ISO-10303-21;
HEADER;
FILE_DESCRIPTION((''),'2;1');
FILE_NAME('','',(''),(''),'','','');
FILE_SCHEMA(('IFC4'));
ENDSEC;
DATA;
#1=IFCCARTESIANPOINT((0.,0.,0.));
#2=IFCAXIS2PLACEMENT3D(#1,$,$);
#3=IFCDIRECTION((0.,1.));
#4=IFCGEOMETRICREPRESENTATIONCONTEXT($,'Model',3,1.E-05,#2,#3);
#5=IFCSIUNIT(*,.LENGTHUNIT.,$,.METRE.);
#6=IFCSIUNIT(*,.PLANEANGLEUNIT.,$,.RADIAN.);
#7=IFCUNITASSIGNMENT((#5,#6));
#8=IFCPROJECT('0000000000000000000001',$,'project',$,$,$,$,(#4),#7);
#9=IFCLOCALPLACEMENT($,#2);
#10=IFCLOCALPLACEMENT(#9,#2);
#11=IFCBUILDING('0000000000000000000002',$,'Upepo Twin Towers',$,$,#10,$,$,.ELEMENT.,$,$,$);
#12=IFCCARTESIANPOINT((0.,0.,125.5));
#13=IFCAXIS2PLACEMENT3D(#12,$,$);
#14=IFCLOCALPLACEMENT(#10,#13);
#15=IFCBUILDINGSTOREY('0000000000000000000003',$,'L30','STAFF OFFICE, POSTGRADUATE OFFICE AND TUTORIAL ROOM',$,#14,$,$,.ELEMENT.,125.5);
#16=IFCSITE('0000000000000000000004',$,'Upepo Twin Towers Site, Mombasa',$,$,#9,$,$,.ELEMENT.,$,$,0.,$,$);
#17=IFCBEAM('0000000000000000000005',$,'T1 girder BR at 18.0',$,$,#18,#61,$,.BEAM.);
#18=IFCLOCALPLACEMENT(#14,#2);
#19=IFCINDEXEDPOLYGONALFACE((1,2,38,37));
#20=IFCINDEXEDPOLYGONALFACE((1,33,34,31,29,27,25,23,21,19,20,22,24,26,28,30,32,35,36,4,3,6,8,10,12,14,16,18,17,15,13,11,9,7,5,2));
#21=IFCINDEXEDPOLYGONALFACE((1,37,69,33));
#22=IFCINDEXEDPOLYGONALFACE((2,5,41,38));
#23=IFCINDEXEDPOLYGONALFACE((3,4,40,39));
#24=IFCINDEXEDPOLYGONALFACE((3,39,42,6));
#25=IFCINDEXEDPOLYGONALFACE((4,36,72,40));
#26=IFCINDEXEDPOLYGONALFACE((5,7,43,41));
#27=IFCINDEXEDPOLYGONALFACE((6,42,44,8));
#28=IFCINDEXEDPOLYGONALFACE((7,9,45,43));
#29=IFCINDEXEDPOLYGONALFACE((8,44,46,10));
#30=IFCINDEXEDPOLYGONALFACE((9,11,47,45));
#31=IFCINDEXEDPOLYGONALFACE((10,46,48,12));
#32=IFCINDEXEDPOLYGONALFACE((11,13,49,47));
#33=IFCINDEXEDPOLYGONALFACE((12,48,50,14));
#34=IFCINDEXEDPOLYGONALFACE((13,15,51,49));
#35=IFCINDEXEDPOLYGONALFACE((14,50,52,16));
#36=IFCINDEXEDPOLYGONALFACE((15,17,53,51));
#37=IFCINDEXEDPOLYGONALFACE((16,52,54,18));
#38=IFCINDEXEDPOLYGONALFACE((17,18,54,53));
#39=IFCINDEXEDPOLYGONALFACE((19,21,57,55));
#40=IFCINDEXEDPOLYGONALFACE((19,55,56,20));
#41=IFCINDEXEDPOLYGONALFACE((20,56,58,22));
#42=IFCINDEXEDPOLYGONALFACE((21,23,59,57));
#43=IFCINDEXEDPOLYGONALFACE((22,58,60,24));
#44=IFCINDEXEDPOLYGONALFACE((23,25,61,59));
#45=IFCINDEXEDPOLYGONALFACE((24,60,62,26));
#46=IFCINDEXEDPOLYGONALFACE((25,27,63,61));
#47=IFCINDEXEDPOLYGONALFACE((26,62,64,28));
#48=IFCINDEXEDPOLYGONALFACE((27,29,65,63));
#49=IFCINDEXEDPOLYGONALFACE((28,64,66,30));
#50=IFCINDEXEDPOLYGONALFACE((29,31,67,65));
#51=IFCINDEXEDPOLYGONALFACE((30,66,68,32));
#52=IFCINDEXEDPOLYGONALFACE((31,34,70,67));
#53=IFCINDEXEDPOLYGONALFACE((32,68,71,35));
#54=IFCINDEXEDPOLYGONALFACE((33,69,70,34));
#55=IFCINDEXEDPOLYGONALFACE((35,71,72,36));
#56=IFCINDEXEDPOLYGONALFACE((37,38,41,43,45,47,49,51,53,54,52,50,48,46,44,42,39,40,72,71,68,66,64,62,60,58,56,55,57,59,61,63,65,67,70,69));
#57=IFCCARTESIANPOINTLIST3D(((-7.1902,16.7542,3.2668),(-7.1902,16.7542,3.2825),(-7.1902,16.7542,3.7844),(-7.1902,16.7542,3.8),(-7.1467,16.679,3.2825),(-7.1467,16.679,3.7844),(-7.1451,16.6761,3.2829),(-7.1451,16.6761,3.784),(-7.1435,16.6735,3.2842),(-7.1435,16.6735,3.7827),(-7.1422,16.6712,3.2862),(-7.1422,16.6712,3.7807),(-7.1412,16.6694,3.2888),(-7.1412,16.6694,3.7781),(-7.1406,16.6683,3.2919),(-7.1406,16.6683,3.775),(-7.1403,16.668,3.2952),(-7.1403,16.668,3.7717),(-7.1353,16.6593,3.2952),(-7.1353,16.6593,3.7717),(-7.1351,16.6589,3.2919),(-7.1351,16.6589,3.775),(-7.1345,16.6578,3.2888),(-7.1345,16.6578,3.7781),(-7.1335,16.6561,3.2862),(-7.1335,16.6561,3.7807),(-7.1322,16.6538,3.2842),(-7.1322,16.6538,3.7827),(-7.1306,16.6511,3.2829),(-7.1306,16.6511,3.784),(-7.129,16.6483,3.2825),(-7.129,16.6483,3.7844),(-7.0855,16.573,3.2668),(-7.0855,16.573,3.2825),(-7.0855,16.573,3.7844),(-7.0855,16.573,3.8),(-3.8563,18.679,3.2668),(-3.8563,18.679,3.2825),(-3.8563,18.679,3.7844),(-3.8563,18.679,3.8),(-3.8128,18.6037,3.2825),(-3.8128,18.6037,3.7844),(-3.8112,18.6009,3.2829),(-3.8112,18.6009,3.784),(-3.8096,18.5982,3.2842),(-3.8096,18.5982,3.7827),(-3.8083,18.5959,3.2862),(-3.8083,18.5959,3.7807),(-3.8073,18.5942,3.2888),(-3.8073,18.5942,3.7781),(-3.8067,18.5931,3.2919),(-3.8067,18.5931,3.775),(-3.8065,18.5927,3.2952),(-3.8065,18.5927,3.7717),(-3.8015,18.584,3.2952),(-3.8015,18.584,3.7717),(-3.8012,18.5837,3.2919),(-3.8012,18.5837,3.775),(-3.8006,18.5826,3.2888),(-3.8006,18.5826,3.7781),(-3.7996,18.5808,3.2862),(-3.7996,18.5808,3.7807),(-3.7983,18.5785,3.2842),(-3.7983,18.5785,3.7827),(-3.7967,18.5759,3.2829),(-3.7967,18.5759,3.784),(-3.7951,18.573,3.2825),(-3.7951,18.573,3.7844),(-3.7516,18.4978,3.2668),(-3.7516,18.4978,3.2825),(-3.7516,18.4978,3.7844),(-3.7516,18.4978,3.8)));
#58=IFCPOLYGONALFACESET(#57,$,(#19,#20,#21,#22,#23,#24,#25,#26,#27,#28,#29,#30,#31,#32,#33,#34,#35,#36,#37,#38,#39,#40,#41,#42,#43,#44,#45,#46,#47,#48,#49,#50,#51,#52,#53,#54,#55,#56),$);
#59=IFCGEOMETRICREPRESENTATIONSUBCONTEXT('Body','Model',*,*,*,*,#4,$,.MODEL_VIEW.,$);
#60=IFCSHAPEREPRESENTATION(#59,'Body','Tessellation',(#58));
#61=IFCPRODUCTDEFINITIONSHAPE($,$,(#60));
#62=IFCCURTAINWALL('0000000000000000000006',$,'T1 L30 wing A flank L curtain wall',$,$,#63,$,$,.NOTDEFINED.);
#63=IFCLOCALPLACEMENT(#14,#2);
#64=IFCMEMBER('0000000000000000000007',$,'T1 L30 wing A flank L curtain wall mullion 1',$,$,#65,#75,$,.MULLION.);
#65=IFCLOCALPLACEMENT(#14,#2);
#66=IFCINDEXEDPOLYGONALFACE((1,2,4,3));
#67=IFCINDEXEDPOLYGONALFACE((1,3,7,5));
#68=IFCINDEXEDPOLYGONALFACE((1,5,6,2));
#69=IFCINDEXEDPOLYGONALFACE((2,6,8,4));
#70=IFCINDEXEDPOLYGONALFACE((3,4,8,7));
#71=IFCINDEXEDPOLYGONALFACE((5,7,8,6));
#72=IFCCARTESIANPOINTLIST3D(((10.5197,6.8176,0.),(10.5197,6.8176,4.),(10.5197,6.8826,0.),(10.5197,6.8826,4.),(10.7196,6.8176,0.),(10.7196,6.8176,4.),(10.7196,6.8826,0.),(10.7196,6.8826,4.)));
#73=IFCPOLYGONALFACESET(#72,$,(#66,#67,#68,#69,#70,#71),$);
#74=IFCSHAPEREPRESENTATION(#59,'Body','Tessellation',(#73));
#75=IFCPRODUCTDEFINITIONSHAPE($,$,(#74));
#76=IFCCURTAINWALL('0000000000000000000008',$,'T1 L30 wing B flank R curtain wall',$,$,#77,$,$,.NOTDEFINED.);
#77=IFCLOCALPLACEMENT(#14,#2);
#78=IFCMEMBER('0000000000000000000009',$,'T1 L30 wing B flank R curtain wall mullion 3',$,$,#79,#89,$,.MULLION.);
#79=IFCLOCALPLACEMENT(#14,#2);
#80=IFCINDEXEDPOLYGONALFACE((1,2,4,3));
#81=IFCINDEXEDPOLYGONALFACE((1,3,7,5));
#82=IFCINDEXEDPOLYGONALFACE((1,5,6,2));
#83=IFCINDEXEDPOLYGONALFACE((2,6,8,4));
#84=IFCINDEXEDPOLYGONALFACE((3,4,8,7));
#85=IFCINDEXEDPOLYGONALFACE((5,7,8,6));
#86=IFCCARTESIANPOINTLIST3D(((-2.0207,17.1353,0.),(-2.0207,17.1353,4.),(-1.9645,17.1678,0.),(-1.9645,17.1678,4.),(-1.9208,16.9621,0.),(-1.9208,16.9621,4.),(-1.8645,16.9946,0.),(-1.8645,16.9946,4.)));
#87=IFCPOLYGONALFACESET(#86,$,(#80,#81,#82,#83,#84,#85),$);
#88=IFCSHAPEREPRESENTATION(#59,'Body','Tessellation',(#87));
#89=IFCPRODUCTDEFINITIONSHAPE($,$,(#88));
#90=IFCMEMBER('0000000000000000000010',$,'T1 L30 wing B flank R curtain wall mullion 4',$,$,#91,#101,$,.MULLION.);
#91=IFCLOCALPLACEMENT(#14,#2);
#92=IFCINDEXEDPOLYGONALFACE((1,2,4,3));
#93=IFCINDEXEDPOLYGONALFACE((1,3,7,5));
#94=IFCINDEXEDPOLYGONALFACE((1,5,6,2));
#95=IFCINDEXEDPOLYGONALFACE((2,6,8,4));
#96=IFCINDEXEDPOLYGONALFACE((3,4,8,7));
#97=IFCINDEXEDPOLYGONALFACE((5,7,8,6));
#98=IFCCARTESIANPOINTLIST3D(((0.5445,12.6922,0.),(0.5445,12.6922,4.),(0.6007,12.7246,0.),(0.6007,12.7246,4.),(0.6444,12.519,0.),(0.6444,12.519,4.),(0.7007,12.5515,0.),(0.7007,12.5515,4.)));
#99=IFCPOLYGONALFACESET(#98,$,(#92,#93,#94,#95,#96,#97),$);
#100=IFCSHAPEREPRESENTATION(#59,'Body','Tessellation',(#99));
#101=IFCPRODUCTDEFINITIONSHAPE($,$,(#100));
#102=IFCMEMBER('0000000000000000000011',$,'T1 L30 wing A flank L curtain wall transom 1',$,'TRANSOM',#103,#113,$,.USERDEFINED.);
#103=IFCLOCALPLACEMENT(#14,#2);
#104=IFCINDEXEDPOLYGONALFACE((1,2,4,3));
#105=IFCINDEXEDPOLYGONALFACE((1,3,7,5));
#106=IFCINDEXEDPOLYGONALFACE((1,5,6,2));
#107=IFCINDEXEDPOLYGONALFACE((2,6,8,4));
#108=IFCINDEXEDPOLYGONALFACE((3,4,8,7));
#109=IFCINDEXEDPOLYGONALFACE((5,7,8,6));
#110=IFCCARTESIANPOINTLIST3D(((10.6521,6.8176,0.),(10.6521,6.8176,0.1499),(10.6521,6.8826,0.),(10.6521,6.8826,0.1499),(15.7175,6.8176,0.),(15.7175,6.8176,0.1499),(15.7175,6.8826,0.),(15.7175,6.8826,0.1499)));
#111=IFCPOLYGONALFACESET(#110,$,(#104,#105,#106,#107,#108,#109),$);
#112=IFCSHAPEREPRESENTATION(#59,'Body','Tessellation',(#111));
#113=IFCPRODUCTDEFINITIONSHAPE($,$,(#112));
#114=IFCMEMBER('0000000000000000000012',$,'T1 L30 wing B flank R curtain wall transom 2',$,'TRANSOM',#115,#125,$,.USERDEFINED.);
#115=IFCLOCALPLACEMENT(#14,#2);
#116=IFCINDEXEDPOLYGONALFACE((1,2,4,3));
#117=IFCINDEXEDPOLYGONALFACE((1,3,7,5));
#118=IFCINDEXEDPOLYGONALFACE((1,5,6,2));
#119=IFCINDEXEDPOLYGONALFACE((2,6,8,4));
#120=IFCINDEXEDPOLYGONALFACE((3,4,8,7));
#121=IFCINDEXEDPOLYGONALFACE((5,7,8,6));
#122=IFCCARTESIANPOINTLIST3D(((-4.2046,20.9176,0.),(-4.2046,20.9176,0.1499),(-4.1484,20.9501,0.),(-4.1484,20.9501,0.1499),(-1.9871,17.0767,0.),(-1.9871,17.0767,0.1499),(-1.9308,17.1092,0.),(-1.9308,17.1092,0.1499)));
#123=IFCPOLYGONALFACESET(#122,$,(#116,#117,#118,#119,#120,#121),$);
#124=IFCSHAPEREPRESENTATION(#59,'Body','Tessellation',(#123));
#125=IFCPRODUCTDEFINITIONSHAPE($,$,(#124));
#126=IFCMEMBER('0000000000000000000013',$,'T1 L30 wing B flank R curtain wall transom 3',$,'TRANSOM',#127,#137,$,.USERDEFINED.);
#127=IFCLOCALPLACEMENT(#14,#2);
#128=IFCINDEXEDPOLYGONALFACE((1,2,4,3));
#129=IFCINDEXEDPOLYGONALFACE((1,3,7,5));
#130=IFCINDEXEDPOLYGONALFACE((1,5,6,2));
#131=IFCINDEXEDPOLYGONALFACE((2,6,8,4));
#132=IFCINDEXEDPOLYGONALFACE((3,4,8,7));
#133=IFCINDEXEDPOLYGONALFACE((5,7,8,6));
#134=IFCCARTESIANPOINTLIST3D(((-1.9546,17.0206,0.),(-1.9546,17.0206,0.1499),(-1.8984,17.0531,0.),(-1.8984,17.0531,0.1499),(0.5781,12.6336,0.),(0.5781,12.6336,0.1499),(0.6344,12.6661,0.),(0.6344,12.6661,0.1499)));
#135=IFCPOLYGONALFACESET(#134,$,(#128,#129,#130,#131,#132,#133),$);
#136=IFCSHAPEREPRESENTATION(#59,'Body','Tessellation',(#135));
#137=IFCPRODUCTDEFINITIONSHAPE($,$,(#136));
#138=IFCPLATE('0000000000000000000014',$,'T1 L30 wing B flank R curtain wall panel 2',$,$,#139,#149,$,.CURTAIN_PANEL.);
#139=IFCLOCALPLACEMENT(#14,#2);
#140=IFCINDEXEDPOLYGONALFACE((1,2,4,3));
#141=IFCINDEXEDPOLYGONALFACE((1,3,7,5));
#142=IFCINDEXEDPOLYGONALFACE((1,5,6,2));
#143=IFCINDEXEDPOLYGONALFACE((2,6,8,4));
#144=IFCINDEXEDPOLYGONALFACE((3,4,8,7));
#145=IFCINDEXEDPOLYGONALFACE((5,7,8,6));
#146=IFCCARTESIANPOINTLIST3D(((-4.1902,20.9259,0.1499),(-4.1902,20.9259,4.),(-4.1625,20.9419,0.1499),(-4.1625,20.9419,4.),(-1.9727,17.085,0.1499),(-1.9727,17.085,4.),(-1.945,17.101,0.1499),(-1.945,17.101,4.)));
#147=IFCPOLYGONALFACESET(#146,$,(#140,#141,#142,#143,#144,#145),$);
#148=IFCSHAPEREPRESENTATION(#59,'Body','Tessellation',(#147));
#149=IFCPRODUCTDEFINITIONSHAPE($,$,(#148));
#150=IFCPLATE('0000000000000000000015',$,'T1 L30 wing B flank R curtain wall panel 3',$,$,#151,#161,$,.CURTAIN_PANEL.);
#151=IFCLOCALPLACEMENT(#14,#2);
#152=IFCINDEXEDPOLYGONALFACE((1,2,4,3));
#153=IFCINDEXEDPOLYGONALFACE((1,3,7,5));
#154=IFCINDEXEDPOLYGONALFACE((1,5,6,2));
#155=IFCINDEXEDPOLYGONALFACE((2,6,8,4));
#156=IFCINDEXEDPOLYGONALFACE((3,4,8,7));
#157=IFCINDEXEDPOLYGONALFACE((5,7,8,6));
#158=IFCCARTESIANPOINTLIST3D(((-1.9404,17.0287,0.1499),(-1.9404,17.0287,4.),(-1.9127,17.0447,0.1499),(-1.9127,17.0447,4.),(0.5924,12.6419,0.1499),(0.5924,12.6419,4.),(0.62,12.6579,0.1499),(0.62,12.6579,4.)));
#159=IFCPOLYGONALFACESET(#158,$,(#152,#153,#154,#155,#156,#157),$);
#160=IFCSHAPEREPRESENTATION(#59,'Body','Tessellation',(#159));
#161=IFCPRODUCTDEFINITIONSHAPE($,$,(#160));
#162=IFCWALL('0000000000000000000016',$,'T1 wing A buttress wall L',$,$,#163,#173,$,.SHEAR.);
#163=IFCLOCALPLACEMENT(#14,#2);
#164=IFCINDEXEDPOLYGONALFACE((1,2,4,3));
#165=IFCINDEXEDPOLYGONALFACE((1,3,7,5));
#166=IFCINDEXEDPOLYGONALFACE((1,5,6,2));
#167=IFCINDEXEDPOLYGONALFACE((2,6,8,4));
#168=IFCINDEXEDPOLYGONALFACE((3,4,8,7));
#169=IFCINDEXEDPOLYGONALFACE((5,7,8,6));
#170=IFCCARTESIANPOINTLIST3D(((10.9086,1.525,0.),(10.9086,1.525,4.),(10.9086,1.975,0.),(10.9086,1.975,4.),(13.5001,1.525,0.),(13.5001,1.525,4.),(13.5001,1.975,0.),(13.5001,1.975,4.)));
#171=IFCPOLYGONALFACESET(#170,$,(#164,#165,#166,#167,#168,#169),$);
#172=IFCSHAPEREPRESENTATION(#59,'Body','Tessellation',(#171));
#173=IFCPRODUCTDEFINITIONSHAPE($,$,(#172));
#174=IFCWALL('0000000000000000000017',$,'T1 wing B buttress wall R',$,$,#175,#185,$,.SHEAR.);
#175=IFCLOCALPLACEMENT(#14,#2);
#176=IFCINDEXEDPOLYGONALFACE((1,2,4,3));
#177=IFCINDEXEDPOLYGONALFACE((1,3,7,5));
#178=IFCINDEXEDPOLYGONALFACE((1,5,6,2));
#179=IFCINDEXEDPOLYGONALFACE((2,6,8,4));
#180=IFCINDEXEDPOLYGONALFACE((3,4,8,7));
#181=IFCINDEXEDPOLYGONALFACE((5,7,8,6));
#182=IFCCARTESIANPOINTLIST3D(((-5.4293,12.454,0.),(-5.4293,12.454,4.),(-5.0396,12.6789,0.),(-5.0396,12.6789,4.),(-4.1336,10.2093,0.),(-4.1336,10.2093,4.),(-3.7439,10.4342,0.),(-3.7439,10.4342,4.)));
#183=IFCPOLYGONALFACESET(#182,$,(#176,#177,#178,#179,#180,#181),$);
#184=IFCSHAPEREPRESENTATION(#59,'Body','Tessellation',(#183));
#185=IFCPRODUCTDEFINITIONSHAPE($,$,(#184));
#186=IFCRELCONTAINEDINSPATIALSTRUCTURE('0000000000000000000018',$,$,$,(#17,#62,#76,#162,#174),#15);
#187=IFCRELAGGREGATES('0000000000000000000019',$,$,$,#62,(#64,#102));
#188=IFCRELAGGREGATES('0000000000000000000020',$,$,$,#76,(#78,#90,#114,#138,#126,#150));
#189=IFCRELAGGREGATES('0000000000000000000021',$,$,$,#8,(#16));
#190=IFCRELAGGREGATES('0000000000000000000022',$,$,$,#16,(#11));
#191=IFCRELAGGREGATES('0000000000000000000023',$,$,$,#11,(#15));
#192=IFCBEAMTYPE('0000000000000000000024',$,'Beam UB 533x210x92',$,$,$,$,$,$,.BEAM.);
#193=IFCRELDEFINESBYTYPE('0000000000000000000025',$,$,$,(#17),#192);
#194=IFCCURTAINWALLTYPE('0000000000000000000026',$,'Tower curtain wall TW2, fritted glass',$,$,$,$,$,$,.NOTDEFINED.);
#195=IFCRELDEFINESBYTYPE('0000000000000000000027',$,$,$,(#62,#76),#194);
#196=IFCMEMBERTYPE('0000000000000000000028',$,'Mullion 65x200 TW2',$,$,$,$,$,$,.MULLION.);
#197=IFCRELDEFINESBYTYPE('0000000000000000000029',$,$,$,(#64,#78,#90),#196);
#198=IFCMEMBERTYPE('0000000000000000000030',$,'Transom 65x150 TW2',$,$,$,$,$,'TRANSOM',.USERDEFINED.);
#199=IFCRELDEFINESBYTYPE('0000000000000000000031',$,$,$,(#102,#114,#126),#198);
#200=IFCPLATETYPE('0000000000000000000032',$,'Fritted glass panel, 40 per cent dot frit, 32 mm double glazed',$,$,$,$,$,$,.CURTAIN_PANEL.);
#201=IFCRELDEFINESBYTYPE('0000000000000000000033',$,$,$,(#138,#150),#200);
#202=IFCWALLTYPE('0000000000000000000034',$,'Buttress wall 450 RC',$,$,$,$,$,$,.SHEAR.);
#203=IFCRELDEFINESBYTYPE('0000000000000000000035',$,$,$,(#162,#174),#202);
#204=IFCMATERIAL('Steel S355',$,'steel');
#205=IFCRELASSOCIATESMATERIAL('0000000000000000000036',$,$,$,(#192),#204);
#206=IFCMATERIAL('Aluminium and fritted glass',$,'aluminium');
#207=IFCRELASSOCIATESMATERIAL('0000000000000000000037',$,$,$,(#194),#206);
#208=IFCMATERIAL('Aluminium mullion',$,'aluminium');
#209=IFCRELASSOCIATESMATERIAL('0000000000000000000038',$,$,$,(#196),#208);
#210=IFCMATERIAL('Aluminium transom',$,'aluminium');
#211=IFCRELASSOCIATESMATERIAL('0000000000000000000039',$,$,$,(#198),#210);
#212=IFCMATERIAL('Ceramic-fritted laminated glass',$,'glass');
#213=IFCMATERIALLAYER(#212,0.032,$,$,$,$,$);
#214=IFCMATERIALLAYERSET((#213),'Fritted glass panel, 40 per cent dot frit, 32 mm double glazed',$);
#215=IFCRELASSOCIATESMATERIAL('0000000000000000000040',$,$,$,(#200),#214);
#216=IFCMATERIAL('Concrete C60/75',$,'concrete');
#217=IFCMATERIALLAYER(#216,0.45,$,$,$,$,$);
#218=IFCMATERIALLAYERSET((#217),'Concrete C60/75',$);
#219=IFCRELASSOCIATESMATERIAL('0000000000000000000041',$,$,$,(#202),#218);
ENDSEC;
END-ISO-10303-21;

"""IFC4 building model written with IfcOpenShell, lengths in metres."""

from ifc_helpers import new_model, si_unit, direction, frame, frame_2d, origin, origin_2d, place, context, subcontext, project, spatial, rectangle, i_section, extrude, material, layer, layer_set, material_profile, profile_set, type_object, element, aggregate, save


model = new_model("IFC4")

# Units and contexts
model_context = context("Model", 3, precision=1e-05, world=origin(), true_north=direction((0.0, 1.0)))
body_context = subcontext(model_context, "Body", "Model", "MODEL_VIEW")
ifc_project = project(units=[si_unit("LENGTHUNIT", "METRE"), si_unit("PLANEANGLEUNIT", "RADIAN")], contexts=[model_context])

# Site, building, storey
site_placement = place(None, origin())
site = spatial("IfcSite", under=ifc_project, at=site_placement, Name="Upepo Twin Towers Site, Mombasa", CompositionType="ELEMENT", RefElevation=0.0)
building_placement = place(site_placement, origin())
building = spatial("IfcBuilding", under=site, at=building_placement, Name="Upepo Twin Towers", CompositionType="ELEMENT")
storey_placement = place(building_placement, frame((0.0, 0.0, 125.5)))
storey = spatial("IfcBuildingStorey", under=building, at=storey_placement, Name="L30", Description="STAFF OFFICE, POSTGRADUATE OFFICE AND TUTORIAL ROOM", CompositionType="ELEMENT", Elevation=125.5)

# Beam
ifc_material_1 = material(Name="Steel S355", Category="steel")
ifc_material_profile_1 = material_profile(ifc_material_1, i_section(OverallWidth=0.2092, OverallDepth=0.5332, WebThickness=0.01, FlangeThickness=0.0156, FilletRadius=0.0127, at=origin_2d()), Name="UB 533x210x92")
ifc_profile_set_1 = profile_set([ifc_material_profile_1], Name="Steel S355")
beam_type_1 = type_object("IfcBeamType", Name="Beam UB 533x210x92", PredefinedType="BEAM", material=ifc_profile_set_1)
beam_1_placement = place(storey_placement, frame((-3.804, 18.5884, 3.5334), z_axis=(-0.866034, -0.499986, 0.0), x_axis=(0.499986, -0.866034, 0.0)))
element("IfcBeam", 1, at=beam_1_placement, inside=storey, type_object=beam_type_1, Name="T1 girder BR at 18.0", PredefinedType="BEAM", context=body_context, shape_type="SweptSolid", body=[
    extrude(i_section(OverallWidth=0.2092, OverallDepth=0.5332, WebThickness=0.01, FlangeThickness=0.0156, FilletRadius=0.0127, at=origin_2d()), origin(), (0.0, 0.0, 1.0), 3.8496),
])

# Curtain wall, member
ifc_material_2 = material(Name="Aluminium and fritted glass", Category="aluminium")
curtain_wall_type = type_object("IfcCurtainWallType", Name="Tower curtain wall TW2, fritted glass", PredefinedType="NOTDEFINED", material=ifc_material_2)
curtain_wall_1_placement = place(storey_placement, origin())
curtain_wall_1 = element("IfcCurtainWall", 2, at=curtain_wall_1_placement, inside=storey, type_object=curtain_wall_type, Name="T1 L30 wing A flank L curtain wall", PredefinedType="NOTDEFINED")
ifc_material_3 = material(Name="Aluminium mullion", Category="aluminium")
ifc_material_profile_2 = material_profile(ifc_material_3, rectangle(XDim=0.0649, YDim=0.2, at=origin_2d()), Name="MULLION 65x200")
ifc_profile_set_2 = profile_set([ifc_material_profile_2], Name="Aluminium mullion")
member_type_1 = type_object("IfcMemberType", Name="Mullion 65x200 TW2", PredefinedType="MULLION", material=ifc_profile_set_2)
member_1_placement = place(storey_placement, frame((10.6196, 6.8501, 0.0), z_axis=(0.0, 0.0, 1.0), x_axis=(0.0, 1.0, 0.0)))
member_1 = element("IfcMember", 3, at=member_1_placement, type_object=member_type_1, Name="T1 L30 wing A flank L curtain wall mullion 1", PredefinedType="MULLION", context=body_context, shape_type="SweptSolid", body=[
    extrude(rectangle(XDim=0.0649, YDim=0.2, at=origin_2d()), origin(), (0.0, 0.0, 1.0), 4.0),
])

# Curtain wall, members
curtain_wall_2_placement = place(storey_placement, origin())
curtain_wall_2 = element("IfcCurtainWall", 4, at=curtain_wall_2_placement, inside=storey, type_object=curtain_wall_type, Name="T1 L30 wing B flank R curtain wall", PredefinedType="NOTDEFINED")
member_2_placement = place(storey_placement, frame((-1.9426, 17.0649, 0.0), z_axis=(0.0, 0.0, 1.0), x_axis=(0.866025, 0.5, 0.0)))
member_2 = element("IfcMember", 5, at=member_2_placement, type_object=member_type_1, Name="T1 L30 wing B flank R curtain wall mullion 3", PredefinedType="MULLION", context=body_context, shape_type="SweptSolid", body=[
    extrude(rectangle(XDim=0.0649, YDim=0.2, at=origin_2d()), origin(), (0.0, 0.0, 1.0), 4.0),
])
member_3_placement = place(storey_placement, frame((0.6226, 12.6218, 0.0), z_axis=(0.0, 0.0, 1.0), x_axis=(0.866025, 0.5, 0.0)))
member_3 = element("IfcMember", 6, at=member_3_placement, type_object=member_type_1, Name="T1 L30 wing B flank R curtain wall mullion 4", PredefinedType="MULLION", context=body_context, shape_type="SweptSolid", body=[
    extrude(rectangle(XDim=0.0649, YDim=0.2, at=origin_2d()), origin(), (0.0, 0.0, 1.0), 4.0),
])

# Members
ifc_material_4 = material(Name="Aluminium transom", Category="aluminium")
ifc_material_profile_3 = material_profile(ifc_material_4, rectangle(XDim=0.0649, YDim=0.1499, at=origin_2d()), Name="TRANSOM 65x150")
ifc_profile_set_3 = profile_set([ifc_material_profile_3], Name="Aluminium transom")
member_type_2 = type_object("IfcMemberType", Name="Transom 65x150 TW2", ElementType="TRANSOM", PredefinedType="USERDEFINED", material=ifc_profile_set_3)
member_4_placement = place(storey_placement, frame((10.6521, 6.8501, 0.075), z_axis=(1.0, 0.0, 0.0), x_axis=(0.0, 1.0, 0.0)))
member_4 = element("IfcMember", 7, at=member_4_placement, type_object=member_type_2, Name="T1 L30 wing A flank L curtain wall transom 1", ObjectType="TRANSOM", PredefinedType="USERDEFINED", context=body_context, shape_type="SweptSolid", body=[
    extrude(rectangle(XDim=0.0649, YDim=0.1499, at=origin_2d()), origin(), (0.0, 0.0, 1.0), 5.0654),
])
aggregate(curtain_wall_1, [member_1, member_4])
member_5_placement = place(storey_placement, frame((-4.1765, 20.9338, 0.075), z_axis=(0.500005, -0.866022, 0.0), x_axis=(0.866022, 0.500005, 0.0)))
member_5 = element("IfcMember", 8, at=member_5_placement, type_object=member_type_2, Name="T1 L30 wing B flank R curtain wall transom 2", ObjectType="TRANSOM", PredefinedType="USERDEFINED", context=body_context, shape_type="SweptSolid", body=[
    extrude(rectangle(XDim=0.0649, YDim=0.1499, at=origin_2d()), origin(), (0.0, 0.0, 1.0), 4.4351),
])
member_6_placement = place(storey_placement, frame((-1.9265, 17.0369, 0.075), z_axis=(0.499985, -0.866034, 0.0), x_axis=(0.866034, 0.499985, 0.0)))
member_6 = element("IfcMember", 9, at=member_6_placement, type_object=member_type_2, Name="T1 L30 wing B flank R curtain wall transom 3", ObjectType="TRANSOM", PredefinedType="USERDEFINED", context=body_context, shape_type="SweptSolid", body=[
    extrude(rectangle(XDim=0.0649, YDim=0.1499, at=origin_2d()), origin(), (0.0, 0.0, 1.0), 5.0657),
])

# Plates
ifc_material_5 = material(Name="Ceramic-fritted laminated glass", Category="glass")
ifc_layer_1 = layer(ifc_material_5, 0.032)
ifc_layer_set_1 = layer_set([ifc_layer_1], Name="Fritted glass panel, 40 per cent dot frit, 32 mm double glazed")
plate_type = type_object("IfcPlateType", Name="Fritted glass panel, 40 per cent dot frit, 32 mm double glazed", PredefinedType="CURTAIN_PANEL", material=ifc_layer_set_1)
plate_1_placement = place(storey_placement, frame((-3.0676, 19.0134, 0.1499), z_axis=(0.0, 0.0, 1.0), x_axis=(0.5, -0.866025, 0.0)))
plate_1 = element("IfcPlate", 10, at=plate_1_placement, type_object=plate_type, Name="T1 L30 wing B flank R curtain wall panel 2", PredefinedType="CURTAIN_PANEL", context=body_context, shape_type="SweptSolid", body=[
    extrude(rectangle(XDim=4.4351, YDim=0.032, at=origin_2d()), origin(), (0.0, 0.0, 1.0), 3.8501),
])
plate_2_placement = place(storey_placement, frame((-0.6602, 14.8433, 0.1499), z_axis=(0.0, 0.0, 1.0), x_axis=(0.5, -0.866025, 0.0)))
plate_2 = element("IfcPlate", 11, at=plate_2_placement, type_object=plate_type, Name="T1 L30 wing B flank R curtain wall panel 3", PredefinedType="CURTAIN_PANEL", context=body_context, shape_type="SweptSolid", body=[
    extrude(rectangle(XDim=5.0654, YDim=0.032, at=origin_2d()), origin(), (0.0, 0.0, 1.0), 3.8501),
])
aggregate(curtain_wall_2, [member_2, member_3, member_5, plate_1, member_6, plate_2])

# Walls
ifc_material_6 = material(Name="Concrete C60/75", Category="concrete")
ifc_layer_2 = layer(ifc_material_6, 0.45)
ifc_layer_set_2 = layer_set([ifc_layer_2], Name="Concrete C60/75")
wall_type_1 = type_object("IfcWallType", Name="Buttress wall 450 RC", PredefinedType="SHEAR", material=ifc_layer_set_2)
wall_1_placement = place(storey_placement, frame((10.9084, 1.75, 0.0), z_axis=(0.0, 0.0, 1.0), x_axis=(1.0, 0.0, 0.0)))
element("IfcWall", 12, at=wall_1_placement, inside=storey, type_object=wall_type_1, Name="T1 wing A buttress wall L", PredefinedType="SHEAR", context=body_context, shape_type="SweptSolid", body=[
    extrude(rectangle(XDim=2.5916, YDim=0.45, at=frame_2d((1.2959, 0.0))), origin(), (0.0, 0.0, 1.0), 4.0),
])
wall_2_placement = place(storey_placement, frame((-3.9387, 10.3218, 0.0), z_axis=(0.0, 0.0, 1.0), x_axis=(-0.499918, 0.866073, 0.0)))
element("IfcWall", 13, at=wall_2_placement, inside=storey, type_object=wall_type_1, Name="T1 wing B buttress wall R", PredefinedType="SHEAR", context=body_context, shape_type="SweptSolid", body=[
    extrude(rectangle(XDim=2.5918, YDim=0.45, at=frame_2d((1.2959, 0.0))), origin(), (0.0, 0.0, 1.0), 4.0),
])

save(model, "model.ifc")
